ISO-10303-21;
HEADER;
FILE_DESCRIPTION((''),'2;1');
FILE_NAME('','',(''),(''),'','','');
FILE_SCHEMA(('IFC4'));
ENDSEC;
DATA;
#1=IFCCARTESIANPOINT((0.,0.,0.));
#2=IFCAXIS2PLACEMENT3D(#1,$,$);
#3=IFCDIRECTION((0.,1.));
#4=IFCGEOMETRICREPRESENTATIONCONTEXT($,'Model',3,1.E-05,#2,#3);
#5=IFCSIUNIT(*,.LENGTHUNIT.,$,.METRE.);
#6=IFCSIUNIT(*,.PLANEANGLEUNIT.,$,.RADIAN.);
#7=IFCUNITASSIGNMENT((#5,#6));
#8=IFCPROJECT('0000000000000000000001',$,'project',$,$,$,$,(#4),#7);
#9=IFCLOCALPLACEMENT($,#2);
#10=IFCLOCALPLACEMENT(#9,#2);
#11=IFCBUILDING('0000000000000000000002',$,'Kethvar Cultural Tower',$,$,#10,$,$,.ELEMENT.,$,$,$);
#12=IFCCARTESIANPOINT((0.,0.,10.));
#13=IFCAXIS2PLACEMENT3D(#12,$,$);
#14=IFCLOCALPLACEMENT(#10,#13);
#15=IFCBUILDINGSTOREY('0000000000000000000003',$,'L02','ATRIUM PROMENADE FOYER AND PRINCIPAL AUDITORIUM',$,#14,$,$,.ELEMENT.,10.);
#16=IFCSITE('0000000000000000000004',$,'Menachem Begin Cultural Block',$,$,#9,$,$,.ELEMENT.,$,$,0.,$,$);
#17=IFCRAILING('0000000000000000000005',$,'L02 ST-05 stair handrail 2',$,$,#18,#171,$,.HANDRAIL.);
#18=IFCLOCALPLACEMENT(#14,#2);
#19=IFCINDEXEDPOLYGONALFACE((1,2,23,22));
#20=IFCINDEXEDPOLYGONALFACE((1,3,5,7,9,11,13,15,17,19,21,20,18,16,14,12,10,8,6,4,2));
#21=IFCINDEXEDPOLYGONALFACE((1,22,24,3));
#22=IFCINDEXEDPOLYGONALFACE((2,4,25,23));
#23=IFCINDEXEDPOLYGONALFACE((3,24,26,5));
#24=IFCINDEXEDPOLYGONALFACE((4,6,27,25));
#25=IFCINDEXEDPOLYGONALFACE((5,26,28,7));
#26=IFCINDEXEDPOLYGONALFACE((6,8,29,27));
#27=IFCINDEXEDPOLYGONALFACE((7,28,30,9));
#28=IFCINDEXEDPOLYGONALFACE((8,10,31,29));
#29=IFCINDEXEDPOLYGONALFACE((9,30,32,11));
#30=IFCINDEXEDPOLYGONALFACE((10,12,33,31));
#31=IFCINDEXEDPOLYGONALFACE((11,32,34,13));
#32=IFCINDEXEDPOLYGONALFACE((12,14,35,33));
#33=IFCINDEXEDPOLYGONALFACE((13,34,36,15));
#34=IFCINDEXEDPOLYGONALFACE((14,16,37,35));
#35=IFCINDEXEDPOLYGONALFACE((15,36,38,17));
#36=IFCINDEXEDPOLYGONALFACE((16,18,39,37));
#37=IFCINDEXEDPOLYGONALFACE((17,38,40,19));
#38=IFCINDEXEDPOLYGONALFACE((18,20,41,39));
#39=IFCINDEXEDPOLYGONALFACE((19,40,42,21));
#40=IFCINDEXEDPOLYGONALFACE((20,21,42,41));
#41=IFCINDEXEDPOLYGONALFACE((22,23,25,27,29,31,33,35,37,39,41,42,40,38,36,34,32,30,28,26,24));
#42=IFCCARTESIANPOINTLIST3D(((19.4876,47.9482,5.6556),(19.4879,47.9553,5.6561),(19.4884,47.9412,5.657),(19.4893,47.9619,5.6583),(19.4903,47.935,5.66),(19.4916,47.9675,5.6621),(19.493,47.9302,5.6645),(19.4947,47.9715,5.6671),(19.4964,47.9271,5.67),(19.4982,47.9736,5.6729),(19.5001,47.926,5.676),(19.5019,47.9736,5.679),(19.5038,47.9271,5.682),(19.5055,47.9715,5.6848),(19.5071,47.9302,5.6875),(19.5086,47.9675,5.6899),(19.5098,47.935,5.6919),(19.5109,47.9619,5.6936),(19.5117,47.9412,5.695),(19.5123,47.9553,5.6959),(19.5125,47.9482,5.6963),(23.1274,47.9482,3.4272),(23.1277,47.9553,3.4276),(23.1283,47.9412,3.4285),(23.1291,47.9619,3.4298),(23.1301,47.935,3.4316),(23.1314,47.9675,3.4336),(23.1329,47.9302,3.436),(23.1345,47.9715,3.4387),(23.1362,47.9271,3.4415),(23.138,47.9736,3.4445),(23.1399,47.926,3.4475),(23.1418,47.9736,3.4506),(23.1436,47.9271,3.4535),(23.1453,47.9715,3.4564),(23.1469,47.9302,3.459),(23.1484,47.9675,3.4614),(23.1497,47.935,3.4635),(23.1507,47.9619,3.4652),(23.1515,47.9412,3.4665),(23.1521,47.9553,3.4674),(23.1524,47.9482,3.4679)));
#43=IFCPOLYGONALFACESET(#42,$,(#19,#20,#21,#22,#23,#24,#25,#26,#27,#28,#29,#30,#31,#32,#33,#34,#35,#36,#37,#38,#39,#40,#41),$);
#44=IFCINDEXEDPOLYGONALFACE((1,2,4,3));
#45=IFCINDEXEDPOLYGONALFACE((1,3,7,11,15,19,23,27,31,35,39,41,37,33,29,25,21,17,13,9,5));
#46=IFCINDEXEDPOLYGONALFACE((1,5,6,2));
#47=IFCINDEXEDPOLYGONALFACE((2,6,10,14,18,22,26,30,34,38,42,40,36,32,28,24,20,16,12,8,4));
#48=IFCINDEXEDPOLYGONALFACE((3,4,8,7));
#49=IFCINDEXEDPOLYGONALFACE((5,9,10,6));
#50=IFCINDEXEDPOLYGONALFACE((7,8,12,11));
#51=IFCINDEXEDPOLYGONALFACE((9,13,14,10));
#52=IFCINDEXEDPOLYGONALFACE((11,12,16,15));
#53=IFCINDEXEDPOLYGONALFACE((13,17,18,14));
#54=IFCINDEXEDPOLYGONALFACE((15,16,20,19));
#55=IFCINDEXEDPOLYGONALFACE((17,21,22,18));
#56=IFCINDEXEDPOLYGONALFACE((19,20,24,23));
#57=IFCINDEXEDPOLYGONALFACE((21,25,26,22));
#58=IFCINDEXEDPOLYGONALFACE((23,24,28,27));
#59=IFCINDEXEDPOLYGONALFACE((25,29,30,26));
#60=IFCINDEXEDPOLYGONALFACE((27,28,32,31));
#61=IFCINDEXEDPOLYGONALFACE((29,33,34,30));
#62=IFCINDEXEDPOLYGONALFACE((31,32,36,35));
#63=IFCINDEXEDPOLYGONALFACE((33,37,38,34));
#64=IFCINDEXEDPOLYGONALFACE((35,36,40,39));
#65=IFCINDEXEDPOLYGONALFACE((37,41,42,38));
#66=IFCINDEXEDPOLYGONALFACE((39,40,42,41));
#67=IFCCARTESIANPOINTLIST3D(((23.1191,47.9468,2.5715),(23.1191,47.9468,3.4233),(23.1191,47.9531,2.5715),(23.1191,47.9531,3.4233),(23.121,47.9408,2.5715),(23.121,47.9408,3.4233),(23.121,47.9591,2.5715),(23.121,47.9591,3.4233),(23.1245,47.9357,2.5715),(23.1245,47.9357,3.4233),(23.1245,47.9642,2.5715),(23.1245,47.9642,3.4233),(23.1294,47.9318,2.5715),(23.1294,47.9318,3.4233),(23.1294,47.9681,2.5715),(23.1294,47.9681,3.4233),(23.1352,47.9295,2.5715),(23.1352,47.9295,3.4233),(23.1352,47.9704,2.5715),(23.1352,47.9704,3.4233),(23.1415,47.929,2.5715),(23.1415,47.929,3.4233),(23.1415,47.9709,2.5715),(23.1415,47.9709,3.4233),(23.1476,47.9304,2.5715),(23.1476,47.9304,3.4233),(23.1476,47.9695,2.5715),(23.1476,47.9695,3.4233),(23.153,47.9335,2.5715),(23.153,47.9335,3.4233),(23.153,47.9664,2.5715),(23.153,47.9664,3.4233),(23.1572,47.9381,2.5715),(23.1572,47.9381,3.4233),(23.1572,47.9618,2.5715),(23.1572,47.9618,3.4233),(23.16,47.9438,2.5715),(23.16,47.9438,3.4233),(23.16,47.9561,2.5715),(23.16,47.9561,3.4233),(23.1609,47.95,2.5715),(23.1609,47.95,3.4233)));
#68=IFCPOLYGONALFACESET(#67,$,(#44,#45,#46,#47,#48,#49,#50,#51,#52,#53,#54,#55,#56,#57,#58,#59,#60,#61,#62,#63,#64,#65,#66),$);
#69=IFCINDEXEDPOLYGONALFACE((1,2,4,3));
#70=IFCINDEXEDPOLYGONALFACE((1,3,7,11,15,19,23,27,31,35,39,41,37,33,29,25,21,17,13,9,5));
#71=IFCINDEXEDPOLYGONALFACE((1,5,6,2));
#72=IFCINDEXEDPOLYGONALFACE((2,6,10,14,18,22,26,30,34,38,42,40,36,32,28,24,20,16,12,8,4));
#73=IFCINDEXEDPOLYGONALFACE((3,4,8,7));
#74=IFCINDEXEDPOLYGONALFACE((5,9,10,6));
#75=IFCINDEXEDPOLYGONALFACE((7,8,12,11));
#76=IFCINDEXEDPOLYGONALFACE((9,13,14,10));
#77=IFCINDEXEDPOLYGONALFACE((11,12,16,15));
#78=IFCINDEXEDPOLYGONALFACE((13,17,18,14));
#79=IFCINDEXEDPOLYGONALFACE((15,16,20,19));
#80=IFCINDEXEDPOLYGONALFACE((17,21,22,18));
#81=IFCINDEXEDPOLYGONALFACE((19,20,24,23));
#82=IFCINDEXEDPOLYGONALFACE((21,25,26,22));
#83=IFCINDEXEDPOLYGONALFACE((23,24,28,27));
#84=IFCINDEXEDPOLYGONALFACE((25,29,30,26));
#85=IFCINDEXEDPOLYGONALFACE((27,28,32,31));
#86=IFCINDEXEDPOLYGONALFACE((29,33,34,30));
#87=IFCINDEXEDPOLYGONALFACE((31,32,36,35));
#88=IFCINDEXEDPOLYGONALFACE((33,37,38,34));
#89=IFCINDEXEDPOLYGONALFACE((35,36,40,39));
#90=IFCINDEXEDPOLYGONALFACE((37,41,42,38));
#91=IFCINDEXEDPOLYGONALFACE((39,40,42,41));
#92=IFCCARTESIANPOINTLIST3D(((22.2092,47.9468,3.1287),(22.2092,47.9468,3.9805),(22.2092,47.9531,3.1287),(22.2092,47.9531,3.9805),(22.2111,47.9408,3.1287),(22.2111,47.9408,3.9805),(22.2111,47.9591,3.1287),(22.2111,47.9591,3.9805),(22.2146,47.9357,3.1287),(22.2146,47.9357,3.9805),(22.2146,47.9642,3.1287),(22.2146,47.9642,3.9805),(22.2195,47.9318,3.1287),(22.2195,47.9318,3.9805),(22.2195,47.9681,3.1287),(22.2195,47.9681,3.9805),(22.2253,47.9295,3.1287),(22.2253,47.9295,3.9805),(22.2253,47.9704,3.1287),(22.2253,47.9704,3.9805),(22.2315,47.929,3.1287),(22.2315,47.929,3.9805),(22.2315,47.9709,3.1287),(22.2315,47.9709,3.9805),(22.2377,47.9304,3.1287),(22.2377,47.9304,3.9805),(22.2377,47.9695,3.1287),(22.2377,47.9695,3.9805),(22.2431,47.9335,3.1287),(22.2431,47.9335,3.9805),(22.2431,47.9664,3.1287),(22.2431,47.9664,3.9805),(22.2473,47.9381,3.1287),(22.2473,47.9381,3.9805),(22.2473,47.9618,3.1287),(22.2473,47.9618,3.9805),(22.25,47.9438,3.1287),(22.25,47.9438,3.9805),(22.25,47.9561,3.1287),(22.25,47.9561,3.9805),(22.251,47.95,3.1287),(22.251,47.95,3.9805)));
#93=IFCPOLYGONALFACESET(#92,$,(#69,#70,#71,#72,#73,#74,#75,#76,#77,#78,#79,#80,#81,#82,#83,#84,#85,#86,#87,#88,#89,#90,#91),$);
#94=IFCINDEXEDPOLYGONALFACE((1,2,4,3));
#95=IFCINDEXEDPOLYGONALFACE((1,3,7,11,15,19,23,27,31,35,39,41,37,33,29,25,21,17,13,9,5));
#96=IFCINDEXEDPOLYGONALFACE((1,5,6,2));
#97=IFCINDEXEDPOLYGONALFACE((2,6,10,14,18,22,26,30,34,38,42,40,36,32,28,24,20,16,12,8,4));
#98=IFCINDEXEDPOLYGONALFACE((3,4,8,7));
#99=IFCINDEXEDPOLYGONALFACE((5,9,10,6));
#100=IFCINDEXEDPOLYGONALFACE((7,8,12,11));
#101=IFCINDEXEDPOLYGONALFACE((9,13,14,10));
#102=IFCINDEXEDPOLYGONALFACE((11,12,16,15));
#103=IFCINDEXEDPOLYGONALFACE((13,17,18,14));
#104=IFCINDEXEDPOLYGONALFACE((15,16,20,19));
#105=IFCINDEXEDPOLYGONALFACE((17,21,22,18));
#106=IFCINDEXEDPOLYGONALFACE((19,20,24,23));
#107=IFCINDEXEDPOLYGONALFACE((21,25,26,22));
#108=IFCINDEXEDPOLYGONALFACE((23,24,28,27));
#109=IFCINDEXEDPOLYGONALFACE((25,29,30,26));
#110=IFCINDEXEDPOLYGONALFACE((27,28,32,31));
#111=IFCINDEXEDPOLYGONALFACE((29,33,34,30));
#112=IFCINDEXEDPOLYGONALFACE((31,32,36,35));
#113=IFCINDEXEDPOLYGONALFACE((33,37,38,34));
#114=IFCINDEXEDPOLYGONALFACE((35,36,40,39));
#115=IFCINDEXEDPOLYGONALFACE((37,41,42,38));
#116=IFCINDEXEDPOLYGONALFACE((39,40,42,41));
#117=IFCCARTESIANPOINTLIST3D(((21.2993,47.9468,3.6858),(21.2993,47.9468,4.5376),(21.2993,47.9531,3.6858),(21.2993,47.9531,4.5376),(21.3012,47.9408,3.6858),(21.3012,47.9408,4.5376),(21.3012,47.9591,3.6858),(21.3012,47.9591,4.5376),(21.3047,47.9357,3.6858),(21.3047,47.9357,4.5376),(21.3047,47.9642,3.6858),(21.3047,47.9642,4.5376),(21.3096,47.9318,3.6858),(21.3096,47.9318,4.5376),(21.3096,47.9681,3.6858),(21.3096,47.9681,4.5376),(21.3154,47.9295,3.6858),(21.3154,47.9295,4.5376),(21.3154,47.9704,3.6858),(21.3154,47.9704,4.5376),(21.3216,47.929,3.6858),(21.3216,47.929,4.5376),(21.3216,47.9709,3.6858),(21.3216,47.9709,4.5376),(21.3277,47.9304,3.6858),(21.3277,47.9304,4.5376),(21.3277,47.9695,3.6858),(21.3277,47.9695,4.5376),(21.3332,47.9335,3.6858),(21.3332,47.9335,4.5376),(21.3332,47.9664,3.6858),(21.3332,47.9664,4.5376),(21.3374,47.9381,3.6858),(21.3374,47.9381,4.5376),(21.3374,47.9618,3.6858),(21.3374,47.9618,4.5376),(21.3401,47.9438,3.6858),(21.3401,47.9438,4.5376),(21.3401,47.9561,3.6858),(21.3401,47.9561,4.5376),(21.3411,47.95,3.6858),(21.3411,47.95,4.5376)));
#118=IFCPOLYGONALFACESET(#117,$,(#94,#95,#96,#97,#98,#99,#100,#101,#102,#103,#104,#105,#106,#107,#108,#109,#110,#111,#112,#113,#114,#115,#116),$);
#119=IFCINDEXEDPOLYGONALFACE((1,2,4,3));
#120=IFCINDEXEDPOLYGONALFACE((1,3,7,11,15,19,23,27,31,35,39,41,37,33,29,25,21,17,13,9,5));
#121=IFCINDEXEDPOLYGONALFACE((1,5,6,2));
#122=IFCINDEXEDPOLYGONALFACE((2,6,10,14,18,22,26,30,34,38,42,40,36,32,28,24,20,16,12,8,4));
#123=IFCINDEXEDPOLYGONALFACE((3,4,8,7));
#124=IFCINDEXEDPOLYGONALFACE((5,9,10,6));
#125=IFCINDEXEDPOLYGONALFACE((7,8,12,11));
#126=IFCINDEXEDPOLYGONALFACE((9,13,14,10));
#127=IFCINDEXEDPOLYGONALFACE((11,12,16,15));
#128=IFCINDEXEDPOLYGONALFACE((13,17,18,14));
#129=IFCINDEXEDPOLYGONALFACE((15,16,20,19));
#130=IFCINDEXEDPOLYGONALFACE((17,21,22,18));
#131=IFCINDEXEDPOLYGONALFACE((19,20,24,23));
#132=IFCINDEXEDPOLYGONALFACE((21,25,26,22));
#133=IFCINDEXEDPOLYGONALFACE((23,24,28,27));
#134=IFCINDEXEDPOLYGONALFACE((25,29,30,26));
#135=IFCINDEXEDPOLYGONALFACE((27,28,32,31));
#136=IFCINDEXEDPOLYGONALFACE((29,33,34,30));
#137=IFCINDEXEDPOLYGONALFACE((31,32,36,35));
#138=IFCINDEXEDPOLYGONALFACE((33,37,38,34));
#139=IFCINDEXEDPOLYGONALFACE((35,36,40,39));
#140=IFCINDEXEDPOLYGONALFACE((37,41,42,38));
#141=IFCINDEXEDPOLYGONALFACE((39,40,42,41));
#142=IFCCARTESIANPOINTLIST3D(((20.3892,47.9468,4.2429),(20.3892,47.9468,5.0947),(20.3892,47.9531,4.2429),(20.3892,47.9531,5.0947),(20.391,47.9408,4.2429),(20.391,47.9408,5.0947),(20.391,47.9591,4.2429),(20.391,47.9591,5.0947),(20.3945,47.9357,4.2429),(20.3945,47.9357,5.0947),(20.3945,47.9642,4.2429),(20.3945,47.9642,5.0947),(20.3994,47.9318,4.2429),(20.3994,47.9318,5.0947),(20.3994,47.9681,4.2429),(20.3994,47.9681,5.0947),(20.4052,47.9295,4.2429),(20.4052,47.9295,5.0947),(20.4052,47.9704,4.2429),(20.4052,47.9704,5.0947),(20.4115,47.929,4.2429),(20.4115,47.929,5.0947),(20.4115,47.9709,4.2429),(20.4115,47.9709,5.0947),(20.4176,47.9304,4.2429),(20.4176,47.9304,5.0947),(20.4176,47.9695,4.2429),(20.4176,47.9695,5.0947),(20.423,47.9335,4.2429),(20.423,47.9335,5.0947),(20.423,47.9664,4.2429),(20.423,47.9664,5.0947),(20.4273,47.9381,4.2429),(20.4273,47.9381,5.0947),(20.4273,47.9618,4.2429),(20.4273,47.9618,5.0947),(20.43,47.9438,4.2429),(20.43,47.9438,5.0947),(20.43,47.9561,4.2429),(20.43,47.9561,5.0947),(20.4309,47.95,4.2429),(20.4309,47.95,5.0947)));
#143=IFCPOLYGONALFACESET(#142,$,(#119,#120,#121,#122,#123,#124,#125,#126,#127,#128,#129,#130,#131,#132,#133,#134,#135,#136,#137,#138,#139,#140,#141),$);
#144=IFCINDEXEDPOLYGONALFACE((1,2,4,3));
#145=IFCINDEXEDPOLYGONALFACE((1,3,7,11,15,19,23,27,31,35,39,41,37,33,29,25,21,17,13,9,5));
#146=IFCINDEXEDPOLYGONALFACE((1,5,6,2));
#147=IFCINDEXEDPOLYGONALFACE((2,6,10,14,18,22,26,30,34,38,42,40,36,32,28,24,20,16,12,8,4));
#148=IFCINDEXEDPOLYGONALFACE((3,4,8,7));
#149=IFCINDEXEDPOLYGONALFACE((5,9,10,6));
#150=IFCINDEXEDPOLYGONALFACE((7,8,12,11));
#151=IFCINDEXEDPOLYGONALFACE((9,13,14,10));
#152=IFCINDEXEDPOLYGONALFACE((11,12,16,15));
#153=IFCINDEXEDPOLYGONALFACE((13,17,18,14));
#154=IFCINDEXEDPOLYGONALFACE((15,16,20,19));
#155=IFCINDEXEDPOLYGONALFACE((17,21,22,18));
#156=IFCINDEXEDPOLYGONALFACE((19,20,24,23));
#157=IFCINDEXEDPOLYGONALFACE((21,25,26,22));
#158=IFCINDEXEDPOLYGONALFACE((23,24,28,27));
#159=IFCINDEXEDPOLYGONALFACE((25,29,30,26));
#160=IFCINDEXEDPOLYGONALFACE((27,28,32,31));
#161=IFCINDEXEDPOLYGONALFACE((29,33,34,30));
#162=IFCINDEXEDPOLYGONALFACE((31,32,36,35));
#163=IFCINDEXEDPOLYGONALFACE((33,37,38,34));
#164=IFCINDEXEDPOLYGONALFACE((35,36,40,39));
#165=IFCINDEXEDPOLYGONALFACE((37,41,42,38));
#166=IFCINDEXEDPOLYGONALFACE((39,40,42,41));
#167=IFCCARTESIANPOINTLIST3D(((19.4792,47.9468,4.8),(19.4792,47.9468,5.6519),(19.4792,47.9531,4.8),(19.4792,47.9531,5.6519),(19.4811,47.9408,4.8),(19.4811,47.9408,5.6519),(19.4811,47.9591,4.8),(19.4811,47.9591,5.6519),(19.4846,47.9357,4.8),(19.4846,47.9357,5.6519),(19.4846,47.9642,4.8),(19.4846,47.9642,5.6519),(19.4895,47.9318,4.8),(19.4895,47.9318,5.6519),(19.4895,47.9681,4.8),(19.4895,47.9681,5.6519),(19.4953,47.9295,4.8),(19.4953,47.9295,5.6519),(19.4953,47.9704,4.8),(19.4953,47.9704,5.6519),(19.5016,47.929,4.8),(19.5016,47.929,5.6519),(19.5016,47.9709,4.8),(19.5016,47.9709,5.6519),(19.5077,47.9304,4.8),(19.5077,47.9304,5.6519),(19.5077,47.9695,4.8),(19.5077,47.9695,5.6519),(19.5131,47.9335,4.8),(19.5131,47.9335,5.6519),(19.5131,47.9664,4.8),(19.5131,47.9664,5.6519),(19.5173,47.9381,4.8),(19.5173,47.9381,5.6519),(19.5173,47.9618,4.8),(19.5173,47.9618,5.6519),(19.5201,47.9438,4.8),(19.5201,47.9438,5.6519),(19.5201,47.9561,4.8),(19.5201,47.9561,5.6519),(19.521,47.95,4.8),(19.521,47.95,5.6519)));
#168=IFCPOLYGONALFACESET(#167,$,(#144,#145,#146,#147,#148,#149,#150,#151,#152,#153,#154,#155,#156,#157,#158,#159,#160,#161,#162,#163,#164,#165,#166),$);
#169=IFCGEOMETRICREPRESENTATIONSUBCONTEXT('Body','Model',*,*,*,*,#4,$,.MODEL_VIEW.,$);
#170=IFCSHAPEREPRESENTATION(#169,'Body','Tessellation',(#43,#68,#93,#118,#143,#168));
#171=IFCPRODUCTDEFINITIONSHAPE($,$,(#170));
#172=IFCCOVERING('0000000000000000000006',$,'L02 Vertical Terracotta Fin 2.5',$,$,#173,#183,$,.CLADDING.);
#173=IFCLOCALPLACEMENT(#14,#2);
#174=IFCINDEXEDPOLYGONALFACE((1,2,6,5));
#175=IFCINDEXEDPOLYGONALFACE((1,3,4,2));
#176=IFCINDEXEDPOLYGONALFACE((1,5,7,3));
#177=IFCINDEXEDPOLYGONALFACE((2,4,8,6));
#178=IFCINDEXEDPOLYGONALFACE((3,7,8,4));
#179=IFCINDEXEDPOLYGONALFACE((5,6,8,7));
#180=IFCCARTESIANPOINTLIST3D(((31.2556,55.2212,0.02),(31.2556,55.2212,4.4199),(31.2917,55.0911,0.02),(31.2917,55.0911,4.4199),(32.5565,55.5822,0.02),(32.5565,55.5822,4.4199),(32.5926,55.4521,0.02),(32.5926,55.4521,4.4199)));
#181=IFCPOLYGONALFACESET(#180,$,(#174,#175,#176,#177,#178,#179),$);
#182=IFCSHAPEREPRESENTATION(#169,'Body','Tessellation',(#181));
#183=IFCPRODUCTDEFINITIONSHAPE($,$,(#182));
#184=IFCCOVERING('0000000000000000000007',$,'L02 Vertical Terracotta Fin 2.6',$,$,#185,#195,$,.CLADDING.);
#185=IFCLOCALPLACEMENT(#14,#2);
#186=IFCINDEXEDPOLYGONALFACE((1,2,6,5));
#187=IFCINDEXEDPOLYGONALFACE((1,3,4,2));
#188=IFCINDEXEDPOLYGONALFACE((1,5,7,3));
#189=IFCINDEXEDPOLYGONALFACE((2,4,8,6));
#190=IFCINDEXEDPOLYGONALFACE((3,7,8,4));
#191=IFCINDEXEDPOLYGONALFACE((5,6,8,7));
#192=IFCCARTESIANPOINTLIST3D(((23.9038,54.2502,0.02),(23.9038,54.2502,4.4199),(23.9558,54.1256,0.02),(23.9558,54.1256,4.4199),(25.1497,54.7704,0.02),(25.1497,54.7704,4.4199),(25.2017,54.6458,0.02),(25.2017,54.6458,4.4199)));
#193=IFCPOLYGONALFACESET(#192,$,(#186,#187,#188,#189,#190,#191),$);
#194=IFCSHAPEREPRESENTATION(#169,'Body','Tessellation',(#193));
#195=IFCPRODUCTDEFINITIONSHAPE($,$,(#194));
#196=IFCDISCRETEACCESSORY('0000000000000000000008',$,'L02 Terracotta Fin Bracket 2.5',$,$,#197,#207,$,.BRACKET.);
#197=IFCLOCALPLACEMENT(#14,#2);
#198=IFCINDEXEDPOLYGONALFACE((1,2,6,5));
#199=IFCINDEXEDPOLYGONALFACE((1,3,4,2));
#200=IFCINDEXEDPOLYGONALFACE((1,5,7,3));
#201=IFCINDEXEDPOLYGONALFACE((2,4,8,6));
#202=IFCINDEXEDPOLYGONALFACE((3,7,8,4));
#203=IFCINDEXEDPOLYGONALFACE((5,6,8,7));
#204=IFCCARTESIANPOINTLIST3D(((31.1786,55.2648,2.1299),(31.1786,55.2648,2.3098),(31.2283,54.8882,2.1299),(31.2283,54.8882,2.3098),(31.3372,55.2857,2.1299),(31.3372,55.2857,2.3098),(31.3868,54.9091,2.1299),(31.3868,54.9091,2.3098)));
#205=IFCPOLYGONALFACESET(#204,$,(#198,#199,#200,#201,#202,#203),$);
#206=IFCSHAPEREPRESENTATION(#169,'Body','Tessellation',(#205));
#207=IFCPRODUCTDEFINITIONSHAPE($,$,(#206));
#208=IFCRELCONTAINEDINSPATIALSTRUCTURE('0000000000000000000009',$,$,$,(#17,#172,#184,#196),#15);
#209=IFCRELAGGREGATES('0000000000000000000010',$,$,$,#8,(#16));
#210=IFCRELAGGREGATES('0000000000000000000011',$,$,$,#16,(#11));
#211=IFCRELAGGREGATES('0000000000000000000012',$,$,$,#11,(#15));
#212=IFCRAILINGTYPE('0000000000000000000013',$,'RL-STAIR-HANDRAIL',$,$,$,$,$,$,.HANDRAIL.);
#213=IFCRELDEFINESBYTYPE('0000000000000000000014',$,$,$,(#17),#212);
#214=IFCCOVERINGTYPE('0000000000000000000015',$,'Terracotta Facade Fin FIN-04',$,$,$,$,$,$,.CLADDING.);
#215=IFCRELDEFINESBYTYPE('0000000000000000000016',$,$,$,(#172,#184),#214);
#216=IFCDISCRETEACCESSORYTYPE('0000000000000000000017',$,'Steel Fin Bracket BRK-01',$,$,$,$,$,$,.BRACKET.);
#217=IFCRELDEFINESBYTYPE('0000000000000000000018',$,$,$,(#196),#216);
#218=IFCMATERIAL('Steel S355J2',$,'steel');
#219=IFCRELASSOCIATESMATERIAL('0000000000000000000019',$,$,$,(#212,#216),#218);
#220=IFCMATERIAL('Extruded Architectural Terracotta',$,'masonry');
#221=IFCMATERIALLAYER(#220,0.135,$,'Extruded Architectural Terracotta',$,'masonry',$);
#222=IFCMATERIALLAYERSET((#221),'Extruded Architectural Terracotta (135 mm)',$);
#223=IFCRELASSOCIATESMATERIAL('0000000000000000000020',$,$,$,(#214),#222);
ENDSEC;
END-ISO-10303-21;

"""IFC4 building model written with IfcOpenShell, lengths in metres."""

from ifc_helpers import new_model, si_unit, direction, frame, origin, origin_2d, place, context, subcontext, project, spatial, rectangle, circle, extrude, source, transform, mapped, material, layer, layer_set, type_object, element, save


model = new_model("IFC4")

# Units and contexts
model_context = context("Model", 3, precision=1e-05, world=origin(), true_north=direction((0.0, 1.0)))
body_context = subcontext(model_context, "Body", "Model", "MODEL_VIEW")
ifc_project = project(units=[si_unit("LENGTHUNIT", "METRE"), si_unit("PLANEANGLEUNIT", "RADIAN")], contexts=[model_context])

# Site, building, storey
site_placement = place(None, origin())
site = spatial("IfcSite", under=ifc_project, at=site_placement, Name="Menachem Begin Cultural Block", CompositionType="ELEMENT", RefElevation=0.0)
building_placement = place(site_placement, origin())
building = spatial("IfcBuilding", under=site, at=building_placement, Name="Kethvar Cultural Tower", CompositionType="ELEMENT")
storey_placement = place(building_placement, frame((0.0, 0.0, 10.0)))
storey = spatial("IfcBuildingStorey", under=building, at=storey_placement, Name="L02", Description="ATRIUM PROMENADE FOYER AND PRINCIPAL AUDITORIUM", CompositionType="ELEMENT", Elevation=10.0)

# Shared definitions
ifc_material_1 = material(Name="Steel S355J2", Category="steel")

# Railing
railing_type_1 = type_object("IfcRailingType", Name="RL-STAIR-HANDRAIL", PredefinedType="HANDRAIL", material=ifc_material_1)
railing_1_placement = place(storey_placement, frame((23.1399, 47.95, 2.5715)))
element("IfcRailing", 1, at=railing_1_placement, inside=storey, type_object=railing_type_1, Name="L02 ST-05 stair handrail 2", PredefinedType="HANDRAIL", context=body_context, shape_type="SweptSolid", body=[
    extrude(circle(Radius=0.0239, at=origin_2d()), frame((0.0, 0.0, 0.876), z_axis=(-0.85285, 0.0, 0.522156), x_axis=(0.0, -1.0, 0.0)), (0.0, 0.0, 1.0), 4.2678),
    extrude(circle(Radius=0.021, at=origin_2d()), origin(), (0.0, 0.0, 1.0), 0.8518),
    extrude(circle(Radius=0.021, at=origin_2d()), frame((-0.9099, 0.0, 0.5571)), (0.0, 0.0, 1.0), 0.8518),
    extrude(circle(Radius=0.021, at=origin_2d()), frame((-1.8198, 0.0, 1.1143)), (0.0, 0.0, 1.0), 0.8518),
    extrude(circle(Radius=0.021, at=origin_2d()), frame((-2.73, 0.0, 1.6714)), (0.0, 0.0, 1.0), 0.8518),
    extrude(circle(Radius=0.021, at=origin_2d()), frame((-3.6399, 0.0, 2.2285)), (0.0, 0.0, 1.0), 0.8518),
])

# Coverings
ifc_material_2 = material(Name="Extruded Architectural Terracotta", Category="masonry")
ifc_layer_1 = layer(ifc_material_2, 0.135, Name="Extruded Architectural Terracotta", Category="masonry")
ifc_layer_set_1 = layer_set([ifc_layer_1], Name="Extruded Architectural Terracotta (135 mm)")
covering_type = type_object("IfcCoveringType", Name="Terracotta Facade Fin FIN-04", PredefinedType="CLADDING", material=ifc_layer_set_1)
shared_shape_1 = source(origin(), body_context, "Body", "SweptSolid", [
    extrude(rectangle(XDim=1.3501, YDim=0.135, at=origin_2d()), origin(), (0.0, 0.0, 1.0), 4.3999),
])
for number, where, z_axis, x_axis, name in (
    (2, (31.9241, 55.3367, 0.02), (0.0, 0.0, 1.0), (0.963584, 0.267407, 0.0), "L02 Vertical Terracotta Fin 2.5"),
    (3, (24.5527, 54.448, 0.02), (0.0, 0.0, 1.0), (0.922807, 0.385262, 0.0), "L02 Vertical Terracotta Fin 2.6"),
):
    element("IfcCovering", number, at=place(storey_placement, frame(where, z_axis=z_axis, x_axis=x_axis)), inside=storey, type_object=covering_type, Name=name, PredefinedType="CLADDING", context=body_context, shape_type="MappedRepresentation", body=[
        mapped(shared_shape_1, transform((0.0, 0.0, 0.0), scale=1.0)),
    ])

# Discrete accessory
discrete_accessory_type = type_object("IfcDiscreteAccessoryType", Name="Steel Fin Bracket BRK-01", PredefinedType="BRACKET", material=ifc_material_1)
shared_shape_2 = source(origin(), body_context, "Body", "SweptSolid", [
    extrude(rectangle(XDim=0.3799, YDim=0.1599, at=origin_2d()), origin(), (0.0, 0.0, 1.0), 0.1799),
])
for number, where, z_axis, x_axis, name in (
    (4, (31.2827, 55.0869, 2.1299), (0.0, 0.0, 1.0), (-0.130699, 0.991422, 0.0), "L02 Terracotta Fin Bracket 2.5"),
):
    element("IfcDiscreteAccessory", number, at=place(storey_placement, frame(where, z_axis=z_axis, x_axis=x_axis)), inside=storey, type_object=discrete_accessory_type, Name=name, PredefinedType="BRACKET", context=body_context, shape_type="MappedRepresentation", body=[
        mapped(shared_shape_2, transform((0.0, 0.0, 0.0), scale=1.0)),
    ])

save(model, "model.ifc")
